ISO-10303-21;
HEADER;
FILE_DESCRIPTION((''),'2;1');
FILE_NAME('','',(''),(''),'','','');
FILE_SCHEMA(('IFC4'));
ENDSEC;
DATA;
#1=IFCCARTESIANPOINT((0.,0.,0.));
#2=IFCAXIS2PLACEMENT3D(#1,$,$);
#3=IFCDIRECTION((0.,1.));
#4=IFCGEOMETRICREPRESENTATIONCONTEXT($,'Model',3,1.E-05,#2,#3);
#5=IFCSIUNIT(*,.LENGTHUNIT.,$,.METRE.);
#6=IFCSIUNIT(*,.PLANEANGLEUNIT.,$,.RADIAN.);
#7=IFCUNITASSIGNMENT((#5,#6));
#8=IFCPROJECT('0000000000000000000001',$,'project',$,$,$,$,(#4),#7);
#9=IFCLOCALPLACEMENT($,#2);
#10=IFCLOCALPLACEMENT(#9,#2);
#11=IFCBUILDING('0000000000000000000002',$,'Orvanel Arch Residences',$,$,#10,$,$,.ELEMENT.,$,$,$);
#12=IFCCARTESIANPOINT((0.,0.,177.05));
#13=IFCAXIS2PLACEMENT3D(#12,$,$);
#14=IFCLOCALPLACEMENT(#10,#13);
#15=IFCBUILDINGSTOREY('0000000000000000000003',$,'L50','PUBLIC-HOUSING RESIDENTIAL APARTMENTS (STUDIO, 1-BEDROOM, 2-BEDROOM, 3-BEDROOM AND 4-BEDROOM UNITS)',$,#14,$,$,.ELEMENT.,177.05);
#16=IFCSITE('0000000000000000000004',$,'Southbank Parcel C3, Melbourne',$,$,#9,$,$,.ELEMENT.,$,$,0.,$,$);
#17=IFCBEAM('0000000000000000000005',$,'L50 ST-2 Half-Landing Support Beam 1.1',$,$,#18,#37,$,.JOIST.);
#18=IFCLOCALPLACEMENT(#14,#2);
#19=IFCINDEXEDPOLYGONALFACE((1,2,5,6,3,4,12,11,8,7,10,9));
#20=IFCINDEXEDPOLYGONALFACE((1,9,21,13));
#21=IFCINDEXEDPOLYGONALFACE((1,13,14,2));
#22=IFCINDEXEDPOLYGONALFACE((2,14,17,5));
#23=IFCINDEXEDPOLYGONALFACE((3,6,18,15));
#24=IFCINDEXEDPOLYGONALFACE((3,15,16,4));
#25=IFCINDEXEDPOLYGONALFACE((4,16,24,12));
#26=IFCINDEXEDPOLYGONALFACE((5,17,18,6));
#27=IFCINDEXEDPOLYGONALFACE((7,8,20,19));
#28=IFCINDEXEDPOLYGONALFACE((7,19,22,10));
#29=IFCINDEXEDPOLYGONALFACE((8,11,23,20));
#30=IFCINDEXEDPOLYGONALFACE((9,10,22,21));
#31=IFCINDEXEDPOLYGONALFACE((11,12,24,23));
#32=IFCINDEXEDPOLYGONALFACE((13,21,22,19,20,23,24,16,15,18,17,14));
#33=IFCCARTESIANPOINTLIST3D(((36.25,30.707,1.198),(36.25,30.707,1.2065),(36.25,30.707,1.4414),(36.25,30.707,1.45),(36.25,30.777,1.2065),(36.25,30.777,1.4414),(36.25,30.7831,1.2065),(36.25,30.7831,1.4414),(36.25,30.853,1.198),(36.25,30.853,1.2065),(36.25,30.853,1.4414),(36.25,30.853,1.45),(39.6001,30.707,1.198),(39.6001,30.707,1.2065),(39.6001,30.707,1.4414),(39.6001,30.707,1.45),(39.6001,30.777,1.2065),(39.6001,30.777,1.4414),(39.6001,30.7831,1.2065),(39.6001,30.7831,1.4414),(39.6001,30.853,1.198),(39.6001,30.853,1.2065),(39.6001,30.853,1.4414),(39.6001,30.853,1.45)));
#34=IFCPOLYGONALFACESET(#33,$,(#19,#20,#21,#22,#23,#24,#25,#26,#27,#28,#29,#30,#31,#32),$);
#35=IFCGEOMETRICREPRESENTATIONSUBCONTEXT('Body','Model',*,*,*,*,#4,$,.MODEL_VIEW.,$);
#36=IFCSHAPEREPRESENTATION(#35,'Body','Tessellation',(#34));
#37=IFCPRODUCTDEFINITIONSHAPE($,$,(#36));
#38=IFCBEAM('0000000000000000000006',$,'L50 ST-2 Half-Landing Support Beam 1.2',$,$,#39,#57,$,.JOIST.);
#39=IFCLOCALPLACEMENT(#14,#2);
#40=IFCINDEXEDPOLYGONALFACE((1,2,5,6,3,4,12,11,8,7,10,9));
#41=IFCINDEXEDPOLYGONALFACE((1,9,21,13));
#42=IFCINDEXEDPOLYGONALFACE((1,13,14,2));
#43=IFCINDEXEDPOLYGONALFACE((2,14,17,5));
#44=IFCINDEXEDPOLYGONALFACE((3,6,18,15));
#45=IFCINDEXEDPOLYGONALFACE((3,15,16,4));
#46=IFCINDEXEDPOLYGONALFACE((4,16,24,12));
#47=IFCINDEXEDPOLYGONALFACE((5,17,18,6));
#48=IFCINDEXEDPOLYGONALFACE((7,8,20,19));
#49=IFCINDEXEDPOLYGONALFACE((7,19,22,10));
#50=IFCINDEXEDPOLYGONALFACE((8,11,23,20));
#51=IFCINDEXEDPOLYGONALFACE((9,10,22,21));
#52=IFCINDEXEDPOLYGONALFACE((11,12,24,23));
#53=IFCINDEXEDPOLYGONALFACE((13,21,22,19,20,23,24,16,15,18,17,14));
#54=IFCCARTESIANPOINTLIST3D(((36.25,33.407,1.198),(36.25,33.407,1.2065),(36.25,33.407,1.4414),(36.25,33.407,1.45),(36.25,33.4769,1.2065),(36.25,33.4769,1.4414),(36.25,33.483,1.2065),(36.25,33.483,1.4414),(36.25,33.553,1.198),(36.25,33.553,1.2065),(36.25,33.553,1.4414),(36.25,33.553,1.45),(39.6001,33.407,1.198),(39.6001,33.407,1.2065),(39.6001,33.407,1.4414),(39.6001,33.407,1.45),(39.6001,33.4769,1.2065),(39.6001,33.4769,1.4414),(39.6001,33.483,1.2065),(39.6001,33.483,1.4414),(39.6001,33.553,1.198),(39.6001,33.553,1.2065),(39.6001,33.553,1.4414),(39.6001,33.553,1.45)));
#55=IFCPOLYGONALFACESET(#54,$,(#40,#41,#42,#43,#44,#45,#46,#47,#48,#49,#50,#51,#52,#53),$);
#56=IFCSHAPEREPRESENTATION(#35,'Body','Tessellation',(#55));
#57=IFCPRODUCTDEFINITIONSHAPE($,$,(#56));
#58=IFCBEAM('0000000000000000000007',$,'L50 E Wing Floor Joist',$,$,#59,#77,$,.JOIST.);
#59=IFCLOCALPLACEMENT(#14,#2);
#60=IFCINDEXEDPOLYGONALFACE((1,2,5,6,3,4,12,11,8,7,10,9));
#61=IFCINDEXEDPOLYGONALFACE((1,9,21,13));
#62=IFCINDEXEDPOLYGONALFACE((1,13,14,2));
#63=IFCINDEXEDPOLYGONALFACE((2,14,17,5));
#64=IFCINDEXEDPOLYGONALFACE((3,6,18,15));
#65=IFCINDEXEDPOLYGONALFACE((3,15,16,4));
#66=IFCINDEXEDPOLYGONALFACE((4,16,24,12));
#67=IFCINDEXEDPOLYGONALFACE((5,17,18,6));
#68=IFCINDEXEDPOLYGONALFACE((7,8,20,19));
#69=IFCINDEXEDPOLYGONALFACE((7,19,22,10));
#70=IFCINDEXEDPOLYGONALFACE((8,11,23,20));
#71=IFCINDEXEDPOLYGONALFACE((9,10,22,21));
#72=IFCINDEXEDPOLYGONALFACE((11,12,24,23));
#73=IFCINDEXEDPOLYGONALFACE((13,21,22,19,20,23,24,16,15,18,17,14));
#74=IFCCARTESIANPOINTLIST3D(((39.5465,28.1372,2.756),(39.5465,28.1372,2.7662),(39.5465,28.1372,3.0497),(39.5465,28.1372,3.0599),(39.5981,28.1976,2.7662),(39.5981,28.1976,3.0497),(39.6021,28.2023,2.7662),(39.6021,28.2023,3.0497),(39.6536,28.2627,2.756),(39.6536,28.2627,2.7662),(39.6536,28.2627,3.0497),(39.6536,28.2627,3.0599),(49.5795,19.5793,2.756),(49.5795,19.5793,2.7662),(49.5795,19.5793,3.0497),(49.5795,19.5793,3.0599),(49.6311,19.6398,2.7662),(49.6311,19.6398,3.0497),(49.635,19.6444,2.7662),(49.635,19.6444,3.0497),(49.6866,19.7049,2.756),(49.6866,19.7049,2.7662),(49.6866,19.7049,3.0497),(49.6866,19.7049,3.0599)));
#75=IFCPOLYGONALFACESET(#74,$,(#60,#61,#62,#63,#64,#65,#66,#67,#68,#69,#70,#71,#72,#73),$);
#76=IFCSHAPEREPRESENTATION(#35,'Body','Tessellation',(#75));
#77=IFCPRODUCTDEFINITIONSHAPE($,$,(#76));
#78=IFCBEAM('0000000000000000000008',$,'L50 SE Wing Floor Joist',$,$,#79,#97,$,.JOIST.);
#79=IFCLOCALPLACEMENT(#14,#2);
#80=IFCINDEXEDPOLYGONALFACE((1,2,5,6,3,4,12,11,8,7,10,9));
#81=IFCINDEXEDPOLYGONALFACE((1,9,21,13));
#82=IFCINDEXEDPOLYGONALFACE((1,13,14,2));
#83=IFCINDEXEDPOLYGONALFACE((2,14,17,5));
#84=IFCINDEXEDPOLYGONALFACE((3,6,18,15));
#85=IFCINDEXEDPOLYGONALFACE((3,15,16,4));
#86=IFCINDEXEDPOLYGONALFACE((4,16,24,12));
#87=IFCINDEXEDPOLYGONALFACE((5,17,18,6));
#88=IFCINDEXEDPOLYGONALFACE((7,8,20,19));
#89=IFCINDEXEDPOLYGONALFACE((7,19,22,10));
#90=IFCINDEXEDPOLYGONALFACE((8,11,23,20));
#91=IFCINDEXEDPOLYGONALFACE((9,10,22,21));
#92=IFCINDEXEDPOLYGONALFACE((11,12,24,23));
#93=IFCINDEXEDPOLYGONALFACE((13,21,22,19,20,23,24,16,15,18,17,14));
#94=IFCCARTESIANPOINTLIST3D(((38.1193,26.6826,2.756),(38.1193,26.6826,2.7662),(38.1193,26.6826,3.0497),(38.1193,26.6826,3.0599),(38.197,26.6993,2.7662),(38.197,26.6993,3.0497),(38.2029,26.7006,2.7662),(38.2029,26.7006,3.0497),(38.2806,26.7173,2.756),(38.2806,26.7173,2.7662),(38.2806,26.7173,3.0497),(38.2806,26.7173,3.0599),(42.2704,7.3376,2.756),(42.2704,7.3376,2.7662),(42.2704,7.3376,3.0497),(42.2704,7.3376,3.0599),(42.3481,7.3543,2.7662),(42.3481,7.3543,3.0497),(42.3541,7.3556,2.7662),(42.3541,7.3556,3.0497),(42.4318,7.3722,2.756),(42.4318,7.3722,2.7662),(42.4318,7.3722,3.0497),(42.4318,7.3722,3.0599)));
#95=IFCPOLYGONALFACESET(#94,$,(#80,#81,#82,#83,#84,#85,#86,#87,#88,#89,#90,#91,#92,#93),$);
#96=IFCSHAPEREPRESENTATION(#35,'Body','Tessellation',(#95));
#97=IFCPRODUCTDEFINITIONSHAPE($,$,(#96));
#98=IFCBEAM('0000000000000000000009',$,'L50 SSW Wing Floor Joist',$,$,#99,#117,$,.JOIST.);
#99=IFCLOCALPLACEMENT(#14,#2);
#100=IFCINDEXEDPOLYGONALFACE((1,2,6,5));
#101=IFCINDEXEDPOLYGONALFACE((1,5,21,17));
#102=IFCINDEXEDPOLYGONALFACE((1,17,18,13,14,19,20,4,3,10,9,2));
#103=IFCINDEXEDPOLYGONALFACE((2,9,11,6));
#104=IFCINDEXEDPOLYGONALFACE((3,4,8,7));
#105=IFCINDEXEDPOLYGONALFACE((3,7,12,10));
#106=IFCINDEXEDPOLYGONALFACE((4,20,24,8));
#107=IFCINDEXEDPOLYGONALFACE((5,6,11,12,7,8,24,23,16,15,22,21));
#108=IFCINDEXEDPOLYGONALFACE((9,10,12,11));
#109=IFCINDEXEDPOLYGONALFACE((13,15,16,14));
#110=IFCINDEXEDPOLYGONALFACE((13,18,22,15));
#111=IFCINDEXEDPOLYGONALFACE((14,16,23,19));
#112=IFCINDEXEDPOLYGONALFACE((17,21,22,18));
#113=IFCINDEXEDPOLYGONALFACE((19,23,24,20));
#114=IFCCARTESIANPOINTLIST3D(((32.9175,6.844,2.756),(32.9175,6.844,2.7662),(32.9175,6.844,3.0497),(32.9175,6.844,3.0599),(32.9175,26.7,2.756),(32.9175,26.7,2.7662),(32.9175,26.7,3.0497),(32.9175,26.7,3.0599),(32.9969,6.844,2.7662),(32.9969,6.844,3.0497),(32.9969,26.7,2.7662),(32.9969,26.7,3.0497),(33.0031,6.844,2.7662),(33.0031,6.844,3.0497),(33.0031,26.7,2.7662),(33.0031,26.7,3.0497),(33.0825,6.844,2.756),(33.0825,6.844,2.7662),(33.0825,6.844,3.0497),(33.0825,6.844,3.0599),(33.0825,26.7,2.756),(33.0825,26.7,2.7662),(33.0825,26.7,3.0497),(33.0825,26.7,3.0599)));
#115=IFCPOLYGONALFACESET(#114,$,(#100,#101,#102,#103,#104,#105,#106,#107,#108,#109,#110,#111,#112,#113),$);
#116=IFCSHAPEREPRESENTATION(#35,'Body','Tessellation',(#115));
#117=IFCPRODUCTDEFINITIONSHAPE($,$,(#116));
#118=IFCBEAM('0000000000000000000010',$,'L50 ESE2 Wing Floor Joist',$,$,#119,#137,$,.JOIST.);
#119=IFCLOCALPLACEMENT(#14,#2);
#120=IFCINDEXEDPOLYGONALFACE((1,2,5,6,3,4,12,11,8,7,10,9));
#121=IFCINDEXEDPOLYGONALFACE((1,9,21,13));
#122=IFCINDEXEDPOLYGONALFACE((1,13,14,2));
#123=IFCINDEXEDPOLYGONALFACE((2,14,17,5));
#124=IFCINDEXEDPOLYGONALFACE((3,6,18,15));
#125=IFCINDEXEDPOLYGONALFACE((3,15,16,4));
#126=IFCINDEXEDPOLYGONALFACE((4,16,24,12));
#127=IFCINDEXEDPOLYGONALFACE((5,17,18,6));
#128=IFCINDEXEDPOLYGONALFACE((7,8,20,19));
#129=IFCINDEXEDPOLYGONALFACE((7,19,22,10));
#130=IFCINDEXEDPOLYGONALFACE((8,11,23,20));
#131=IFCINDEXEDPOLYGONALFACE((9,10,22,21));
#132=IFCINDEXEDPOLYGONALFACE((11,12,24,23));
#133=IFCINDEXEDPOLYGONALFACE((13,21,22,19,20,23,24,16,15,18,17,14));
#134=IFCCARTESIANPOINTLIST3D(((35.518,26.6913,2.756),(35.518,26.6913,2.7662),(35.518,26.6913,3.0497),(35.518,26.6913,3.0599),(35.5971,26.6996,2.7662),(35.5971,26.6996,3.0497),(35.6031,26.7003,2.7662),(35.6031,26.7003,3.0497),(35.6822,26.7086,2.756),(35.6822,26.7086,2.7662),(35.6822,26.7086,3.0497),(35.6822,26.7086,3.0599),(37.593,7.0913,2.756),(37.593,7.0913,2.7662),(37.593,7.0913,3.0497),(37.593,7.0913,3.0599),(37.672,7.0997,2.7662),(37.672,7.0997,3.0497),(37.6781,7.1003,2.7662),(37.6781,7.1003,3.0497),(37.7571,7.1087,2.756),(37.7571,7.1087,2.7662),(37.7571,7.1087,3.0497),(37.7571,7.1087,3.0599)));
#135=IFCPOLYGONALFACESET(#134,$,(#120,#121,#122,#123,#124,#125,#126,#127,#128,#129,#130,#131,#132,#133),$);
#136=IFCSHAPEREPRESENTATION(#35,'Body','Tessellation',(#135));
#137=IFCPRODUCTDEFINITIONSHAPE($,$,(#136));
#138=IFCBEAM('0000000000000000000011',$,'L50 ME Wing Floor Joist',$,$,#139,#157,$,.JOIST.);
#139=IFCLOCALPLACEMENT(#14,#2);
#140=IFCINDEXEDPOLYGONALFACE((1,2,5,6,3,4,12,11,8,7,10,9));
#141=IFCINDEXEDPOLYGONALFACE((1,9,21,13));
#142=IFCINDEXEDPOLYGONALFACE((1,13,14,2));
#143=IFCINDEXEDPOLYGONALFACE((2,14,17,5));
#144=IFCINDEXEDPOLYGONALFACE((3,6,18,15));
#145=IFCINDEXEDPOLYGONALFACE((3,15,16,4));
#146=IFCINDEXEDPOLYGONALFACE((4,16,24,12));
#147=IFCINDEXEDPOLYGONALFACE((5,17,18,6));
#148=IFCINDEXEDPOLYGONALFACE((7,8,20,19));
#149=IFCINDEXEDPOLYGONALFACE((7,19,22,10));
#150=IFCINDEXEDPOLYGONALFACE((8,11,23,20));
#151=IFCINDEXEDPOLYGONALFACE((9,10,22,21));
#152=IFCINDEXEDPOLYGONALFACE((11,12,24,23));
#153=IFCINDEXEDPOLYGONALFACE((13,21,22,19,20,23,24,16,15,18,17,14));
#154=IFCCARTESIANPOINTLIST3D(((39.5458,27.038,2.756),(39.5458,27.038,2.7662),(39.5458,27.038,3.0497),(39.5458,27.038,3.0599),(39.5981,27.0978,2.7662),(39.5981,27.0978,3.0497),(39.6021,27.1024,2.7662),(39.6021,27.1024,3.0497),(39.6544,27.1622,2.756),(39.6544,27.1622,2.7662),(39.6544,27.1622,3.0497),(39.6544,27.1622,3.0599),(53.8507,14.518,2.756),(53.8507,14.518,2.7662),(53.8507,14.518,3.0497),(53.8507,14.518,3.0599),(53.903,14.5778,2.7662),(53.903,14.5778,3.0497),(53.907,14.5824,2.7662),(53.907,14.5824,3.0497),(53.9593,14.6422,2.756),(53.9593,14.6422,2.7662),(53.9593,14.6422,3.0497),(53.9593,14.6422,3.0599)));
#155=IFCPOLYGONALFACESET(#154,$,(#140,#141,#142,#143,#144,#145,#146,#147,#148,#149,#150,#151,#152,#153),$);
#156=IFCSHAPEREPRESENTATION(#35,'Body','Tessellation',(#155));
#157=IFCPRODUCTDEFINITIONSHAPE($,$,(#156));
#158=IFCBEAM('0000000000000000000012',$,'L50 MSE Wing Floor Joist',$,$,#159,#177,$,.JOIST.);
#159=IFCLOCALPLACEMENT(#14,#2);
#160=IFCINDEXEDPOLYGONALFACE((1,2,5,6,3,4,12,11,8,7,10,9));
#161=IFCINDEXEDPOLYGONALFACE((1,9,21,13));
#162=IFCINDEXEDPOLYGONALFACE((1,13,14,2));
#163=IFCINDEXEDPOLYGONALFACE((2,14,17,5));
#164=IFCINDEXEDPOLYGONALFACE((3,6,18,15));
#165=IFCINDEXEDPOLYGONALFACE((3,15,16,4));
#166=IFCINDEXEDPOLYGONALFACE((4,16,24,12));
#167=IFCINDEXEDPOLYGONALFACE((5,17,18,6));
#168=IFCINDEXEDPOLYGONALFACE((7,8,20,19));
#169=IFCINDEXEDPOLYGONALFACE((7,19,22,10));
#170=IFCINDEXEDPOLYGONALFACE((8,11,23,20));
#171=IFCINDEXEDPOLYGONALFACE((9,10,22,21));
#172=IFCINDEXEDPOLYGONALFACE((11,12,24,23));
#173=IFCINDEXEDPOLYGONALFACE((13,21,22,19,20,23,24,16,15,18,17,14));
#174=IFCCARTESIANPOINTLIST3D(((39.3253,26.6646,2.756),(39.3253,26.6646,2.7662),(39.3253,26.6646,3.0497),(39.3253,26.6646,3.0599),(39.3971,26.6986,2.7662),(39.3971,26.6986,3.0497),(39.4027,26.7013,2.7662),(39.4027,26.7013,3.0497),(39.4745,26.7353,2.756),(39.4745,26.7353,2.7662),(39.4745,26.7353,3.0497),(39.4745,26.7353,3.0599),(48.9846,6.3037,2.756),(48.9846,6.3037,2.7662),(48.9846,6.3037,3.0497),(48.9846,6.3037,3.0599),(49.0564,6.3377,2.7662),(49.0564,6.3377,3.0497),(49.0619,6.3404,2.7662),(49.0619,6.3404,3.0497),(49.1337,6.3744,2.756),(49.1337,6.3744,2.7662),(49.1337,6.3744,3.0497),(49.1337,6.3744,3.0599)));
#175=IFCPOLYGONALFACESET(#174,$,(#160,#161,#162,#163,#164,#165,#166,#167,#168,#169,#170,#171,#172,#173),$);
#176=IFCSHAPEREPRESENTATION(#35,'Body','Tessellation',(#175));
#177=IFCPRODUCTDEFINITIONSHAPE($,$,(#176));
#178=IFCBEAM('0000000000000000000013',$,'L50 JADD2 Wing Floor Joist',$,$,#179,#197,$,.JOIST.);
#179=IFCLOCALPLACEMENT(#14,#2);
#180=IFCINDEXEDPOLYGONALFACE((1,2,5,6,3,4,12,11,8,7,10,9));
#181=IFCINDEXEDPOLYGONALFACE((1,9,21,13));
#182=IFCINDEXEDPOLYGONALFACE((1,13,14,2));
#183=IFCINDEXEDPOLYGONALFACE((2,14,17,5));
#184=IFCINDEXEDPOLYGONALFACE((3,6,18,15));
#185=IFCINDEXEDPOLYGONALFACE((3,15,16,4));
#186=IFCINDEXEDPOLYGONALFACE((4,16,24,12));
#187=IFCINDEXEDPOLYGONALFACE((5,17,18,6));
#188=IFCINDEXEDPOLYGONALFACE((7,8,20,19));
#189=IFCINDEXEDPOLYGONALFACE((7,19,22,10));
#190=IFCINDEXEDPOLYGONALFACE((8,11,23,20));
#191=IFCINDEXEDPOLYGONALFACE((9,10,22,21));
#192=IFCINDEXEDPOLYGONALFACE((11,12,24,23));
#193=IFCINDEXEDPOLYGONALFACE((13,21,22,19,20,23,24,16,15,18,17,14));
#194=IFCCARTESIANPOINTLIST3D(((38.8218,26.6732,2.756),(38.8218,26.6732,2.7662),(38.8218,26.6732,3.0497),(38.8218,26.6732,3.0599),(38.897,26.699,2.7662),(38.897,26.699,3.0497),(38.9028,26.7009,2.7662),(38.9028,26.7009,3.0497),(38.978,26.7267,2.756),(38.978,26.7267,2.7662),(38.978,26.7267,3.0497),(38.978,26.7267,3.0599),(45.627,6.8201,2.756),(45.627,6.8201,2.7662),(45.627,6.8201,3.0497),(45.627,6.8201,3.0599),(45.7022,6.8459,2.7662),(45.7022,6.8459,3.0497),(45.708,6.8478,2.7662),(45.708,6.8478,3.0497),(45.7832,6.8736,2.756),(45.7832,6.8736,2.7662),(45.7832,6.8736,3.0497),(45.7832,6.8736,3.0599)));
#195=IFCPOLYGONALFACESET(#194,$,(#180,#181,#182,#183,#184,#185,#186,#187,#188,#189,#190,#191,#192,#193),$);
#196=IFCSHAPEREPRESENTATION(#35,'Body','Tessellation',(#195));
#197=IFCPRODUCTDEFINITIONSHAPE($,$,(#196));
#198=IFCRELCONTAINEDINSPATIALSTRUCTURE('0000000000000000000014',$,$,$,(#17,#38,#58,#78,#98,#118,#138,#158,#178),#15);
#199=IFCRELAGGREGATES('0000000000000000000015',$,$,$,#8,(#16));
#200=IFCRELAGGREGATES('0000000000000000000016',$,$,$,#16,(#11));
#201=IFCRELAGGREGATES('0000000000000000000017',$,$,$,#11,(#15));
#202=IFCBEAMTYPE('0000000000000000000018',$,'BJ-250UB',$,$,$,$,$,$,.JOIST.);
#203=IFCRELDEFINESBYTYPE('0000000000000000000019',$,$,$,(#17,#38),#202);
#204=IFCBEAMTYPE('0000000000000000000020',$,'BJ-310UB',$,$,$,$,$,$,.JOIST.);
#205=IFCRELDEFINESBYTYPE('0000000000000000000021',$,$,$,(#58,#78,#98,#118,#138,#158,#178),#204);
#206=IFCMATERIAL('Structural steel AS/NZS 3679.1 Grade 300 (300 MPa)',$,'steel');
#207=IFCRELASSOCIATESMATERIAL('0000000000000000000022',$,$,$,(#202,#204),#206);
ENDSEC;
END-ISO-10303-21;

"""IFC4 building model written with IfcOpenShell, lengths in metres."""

from ifc_helpers import new_model, si_unit, direction, frame, origin, origin_2d, place, context, subcontext, project, spatial, i_section, extrude, material, material_profile, profile_set, type_object, element, save


model = new_model("IFC4")

# Units and contexts
model_context = context("Model", 3, precision=1e-05, world=origin(), true_north=direction((0.0, 1.0)))
body_context = subcontext(model_context, "Body", "Model", "MODEL_VIEW")
ifc_project = project(units=[si_unit("LENGTHUNIT", "METRE"), si_unit("PLANEANGLEUNIT", "RADIAN")], contexts=[model_context])

# Site, building, storey
site_placement = place(None, origin())
site = spatial("IfcSite", under=ifc_project, at=site_placement, Name="Southbank Parcel C3, Melbourne", CompositionType="ELEMENT", RefElevation=0.0)
building_placement = place(site_placement, origin())
building = spatial("IfcBuilding", under=site, at=building_placement, Name="Orvanel Arch Residences", CompositionType="ELEMENT")
storey_placement = place(building_placement, frame((0.0, 0.0, 177.05)))
storey = spatial("IfcBuildingStorey", under=building, at=storey_placement, Name="L50", Description="PUBLIC-HOUSING RESIDENTIAL APARTMENTS (STUDIO, 1-BEDROOM, 2-BEDROOM, 3-BEDROOM AND 4-BEDROOM UNITS)", CompositionType="ELEMENT", Elevation=177.05)

# Beams
ifc_material_1 = material(Name="Structural steel AS/NZS 3679.1 Grade 300 (300 MPa)", Category="steel")
ifc_material_profile_1 = material_profile(ifc_material_1, i_section(OverallWidth=0.146, OverallDepth=0.252, WebThickness=0.0061, FlangeThickness=0.0085, at=origin_2d()), Name="250UB31.4")
ifc_profile_set_1 = profile_set([ifc_material_profile_1], Name="Structural steel AS/NZS 3679.1 Grade 300 (300 MPa)")
beam_type_1 = type_object("IfcBeamType", Name="BJ-250UB", PredefinedType="JOIST", material=ifc_profile_set_1)
for number, where, z_axis, x_axis, name in (
    (1, (36.25, 30.78, 1.324), (1.0, 0.0, 0.0), (0.0, 1.0, 0.0), "L50 ST-2 Half-Landing Support Beam 1.1"),
    (2, (36.25, 33.48, 1.324), (1.0, 0.0, 0.0), (0.0, 1.0, 0.0), "L50 ST-2 Half-Landing Support Beam 1.2"),
):
    element("IfcBeam", number, at=place(storey_placement, frame(where, z_axis=z_axis, x_axis=x_axis)), inside=storey, type_object=beam_type_1, Name=name, PredefinedType="JOIST", context=body_context, shape_type="SweptSolid", body=[
        extrude(i_section(OverallWidth=0.146, OverallDepth=0.252, WebThickness=0.0061, FlangeThickness=0.0085, at=origin_2d()), origin(), (0.0, 0.0, 1.0), 3.3501),
    ])
ifc_material_profile_2 = material_profile(ifc_material_1, i_section(OverallWidth=0.165, OverallDepth=0.304, WebThickness=0.0061, FlangeThickness=0.0103, at=origin_2d()), Name="310UB40.4")
ifc_profile_set_2 = profile_set([ifc_material_profile_2], Name="Structural steel AS/NZS 3679.1 Grade 300 (300 MPa)")
beam_type_2 = type_object("IfcBeamType", Name="BJ-310UB", PredefinedType="JOIST", material=ifc_profile_set_2)
beam_1_placement = place(storey_placement, frame((39.6001, 28.2, 2.908), z_axis=(0.760821, -0.648961, 0.0), x_axis=(0.648961, 0.760821, 0.0)))
element("IfcBeam", 3, at=beam_1_placement, inside=storey, type_object=beam_type_2, Name="L50 E Wing Floor Joist", PredefinedType="JOIST", context=body_context, shape_type="SweptSolid", body=[
    extrude(i_section(OverallWidth=0.165, OverallDepth=0.304, WebThickness=0.0061, FlangeThickness=0.0103, at=origin_2d()), origin(), (0.0, 0.0, 1.0), 13.187),
])
beam_2_placement = place(storey_placement, frame((38.2, 26.7, 2.908), z_axis=(0.209808, -0.977743, 0.0), x_axis=(0.977743, 0.209808, 0.0)))
element("IfcBeam", 4, at=beam_2_placement, inside=storey, type_object=beam_type_2, Name="L50 SE Wing Floor Joist", PredefinedType="JOIST", context=body_context, shape_type="SweptSolid", body=[
    extrude(i_section(OverallWidth=0.165, OverallDepth=0.304, WebThickness=0.0061, FlangeThickness=0.0103, at=origin_2d()), origin(), (0.0, 0.0, 1.0), 19.7854),
])
beam_3_placement = place(storey_placement, frame((33.0, 26.7, 2.908), z_axis=(0.0, -1.0, 0.0), x_axis=(1.0, 0.0, 0.0)))
element("IfcBeam", 5, at=beam_3_placement, inside=storey, type_object=beam_type_2, Name="L50 SSW Wing Floor Joist", PredefinedType="JOIST", context=body_context, shape_type="SweptSolid", body=[
    extrude(i_section(OverallWidth=0.165, OverallDepth=0.304, WebThickness=0.0061, FlangeThickness=0.0103, at=origin_2d()), origin(), (0.0, 0.0, 1.0), 19.856),
])
beam_4_placement = place(storey_placement, frame((35.6001, 26.7, 2.908), z_axis=(0.105277, -0.994443, 0.0), x_axis=(0.994443, 0.105277, 0.0)))
element("IfcBeam", 6, at=beam_4_placement, inside=storey, type_object=beam_type_2, Name="L50 ESE2 Wing Floor Joist", PredefinedType="JOIST", context=body_context, shape_type="SweptSolid", body=[
    extrude(i_section(OverallWidth=0.165, OverallDepth=0.304, WebThickness=0.0061, FlangeThickness=0.0103, at=origin_2d()), origin(), (0.0, 0.0, 1.0), 19.7095),
])
beam_5_placement = place(storey_placement, frame((39.6001, 27.1001, 2.908), z_axis=(0.752493, -0.6586, 0.0), x_axis=(0.6586, 0.752493, 0.0)))
element("IfcBeam", 7, at=beam_5_placement, inside=storey, type_object=beam_type_2, Name="L50 ME Wing Floor Joist", PredefinedType="JOIST", context=body_context, shape_type="SweptSolid", body=[
    extrude(i_section(OverallWidth=0.165, OverallDepth=0.304, WebThickness=0.0061, FlangeThickness=0.0103, at=origin_2d()), origin(), (0.0, 0.0, 1.0), 19.01),
])
beam_6_placement = place(storey_placement, frame((39.3999, 26.7, 2.908), z_axis=(0.428614, -0.903488, 0.0), x_axis=(0.903488, 0.428614, 0.0)))
element("IfcBeam", 8, at=beam_6_placement, inside=storey, type_object=beam_type_2, Name="L50 MSE Wing Floor Joist", PredefinedType="JOIST", context=body_context, shape_type="SweptSolid", body=[
    extrude(i_section(OverallWidth=0.165, OverallDepth=0.304, WebThickness=0.0061, FlangeThickness=0.0103, at=origin_2d()), origin(), (0.0, 0.0, 1.0), 22.5359),
])
beam_7_placement = place(storey_placement, frame((38.8999, 26.7, 2.908), z_axis=(0.324257, -0.945969, 0.0), x_axis=(0.945969, 0.324257, 0.0)))
element("IfcBeam", 9, at=beam_7_placement, inside=storey, type_object=beam_type_2, Name="L50 JADD2 Wing Floor Joist", PredefinedType="JOIST", context=body_context, shape_type="SweptSolid", body=[
    extrude(i_section(OverallWidth=0.165, OverallDepth=0.304, WebThickness=0.0061, FlangeThickness=0.0103, at=origin_2d()), origin(), (0.0, 0.0, 1.0), 20.9871),
])

save(model, "model.ifc")
